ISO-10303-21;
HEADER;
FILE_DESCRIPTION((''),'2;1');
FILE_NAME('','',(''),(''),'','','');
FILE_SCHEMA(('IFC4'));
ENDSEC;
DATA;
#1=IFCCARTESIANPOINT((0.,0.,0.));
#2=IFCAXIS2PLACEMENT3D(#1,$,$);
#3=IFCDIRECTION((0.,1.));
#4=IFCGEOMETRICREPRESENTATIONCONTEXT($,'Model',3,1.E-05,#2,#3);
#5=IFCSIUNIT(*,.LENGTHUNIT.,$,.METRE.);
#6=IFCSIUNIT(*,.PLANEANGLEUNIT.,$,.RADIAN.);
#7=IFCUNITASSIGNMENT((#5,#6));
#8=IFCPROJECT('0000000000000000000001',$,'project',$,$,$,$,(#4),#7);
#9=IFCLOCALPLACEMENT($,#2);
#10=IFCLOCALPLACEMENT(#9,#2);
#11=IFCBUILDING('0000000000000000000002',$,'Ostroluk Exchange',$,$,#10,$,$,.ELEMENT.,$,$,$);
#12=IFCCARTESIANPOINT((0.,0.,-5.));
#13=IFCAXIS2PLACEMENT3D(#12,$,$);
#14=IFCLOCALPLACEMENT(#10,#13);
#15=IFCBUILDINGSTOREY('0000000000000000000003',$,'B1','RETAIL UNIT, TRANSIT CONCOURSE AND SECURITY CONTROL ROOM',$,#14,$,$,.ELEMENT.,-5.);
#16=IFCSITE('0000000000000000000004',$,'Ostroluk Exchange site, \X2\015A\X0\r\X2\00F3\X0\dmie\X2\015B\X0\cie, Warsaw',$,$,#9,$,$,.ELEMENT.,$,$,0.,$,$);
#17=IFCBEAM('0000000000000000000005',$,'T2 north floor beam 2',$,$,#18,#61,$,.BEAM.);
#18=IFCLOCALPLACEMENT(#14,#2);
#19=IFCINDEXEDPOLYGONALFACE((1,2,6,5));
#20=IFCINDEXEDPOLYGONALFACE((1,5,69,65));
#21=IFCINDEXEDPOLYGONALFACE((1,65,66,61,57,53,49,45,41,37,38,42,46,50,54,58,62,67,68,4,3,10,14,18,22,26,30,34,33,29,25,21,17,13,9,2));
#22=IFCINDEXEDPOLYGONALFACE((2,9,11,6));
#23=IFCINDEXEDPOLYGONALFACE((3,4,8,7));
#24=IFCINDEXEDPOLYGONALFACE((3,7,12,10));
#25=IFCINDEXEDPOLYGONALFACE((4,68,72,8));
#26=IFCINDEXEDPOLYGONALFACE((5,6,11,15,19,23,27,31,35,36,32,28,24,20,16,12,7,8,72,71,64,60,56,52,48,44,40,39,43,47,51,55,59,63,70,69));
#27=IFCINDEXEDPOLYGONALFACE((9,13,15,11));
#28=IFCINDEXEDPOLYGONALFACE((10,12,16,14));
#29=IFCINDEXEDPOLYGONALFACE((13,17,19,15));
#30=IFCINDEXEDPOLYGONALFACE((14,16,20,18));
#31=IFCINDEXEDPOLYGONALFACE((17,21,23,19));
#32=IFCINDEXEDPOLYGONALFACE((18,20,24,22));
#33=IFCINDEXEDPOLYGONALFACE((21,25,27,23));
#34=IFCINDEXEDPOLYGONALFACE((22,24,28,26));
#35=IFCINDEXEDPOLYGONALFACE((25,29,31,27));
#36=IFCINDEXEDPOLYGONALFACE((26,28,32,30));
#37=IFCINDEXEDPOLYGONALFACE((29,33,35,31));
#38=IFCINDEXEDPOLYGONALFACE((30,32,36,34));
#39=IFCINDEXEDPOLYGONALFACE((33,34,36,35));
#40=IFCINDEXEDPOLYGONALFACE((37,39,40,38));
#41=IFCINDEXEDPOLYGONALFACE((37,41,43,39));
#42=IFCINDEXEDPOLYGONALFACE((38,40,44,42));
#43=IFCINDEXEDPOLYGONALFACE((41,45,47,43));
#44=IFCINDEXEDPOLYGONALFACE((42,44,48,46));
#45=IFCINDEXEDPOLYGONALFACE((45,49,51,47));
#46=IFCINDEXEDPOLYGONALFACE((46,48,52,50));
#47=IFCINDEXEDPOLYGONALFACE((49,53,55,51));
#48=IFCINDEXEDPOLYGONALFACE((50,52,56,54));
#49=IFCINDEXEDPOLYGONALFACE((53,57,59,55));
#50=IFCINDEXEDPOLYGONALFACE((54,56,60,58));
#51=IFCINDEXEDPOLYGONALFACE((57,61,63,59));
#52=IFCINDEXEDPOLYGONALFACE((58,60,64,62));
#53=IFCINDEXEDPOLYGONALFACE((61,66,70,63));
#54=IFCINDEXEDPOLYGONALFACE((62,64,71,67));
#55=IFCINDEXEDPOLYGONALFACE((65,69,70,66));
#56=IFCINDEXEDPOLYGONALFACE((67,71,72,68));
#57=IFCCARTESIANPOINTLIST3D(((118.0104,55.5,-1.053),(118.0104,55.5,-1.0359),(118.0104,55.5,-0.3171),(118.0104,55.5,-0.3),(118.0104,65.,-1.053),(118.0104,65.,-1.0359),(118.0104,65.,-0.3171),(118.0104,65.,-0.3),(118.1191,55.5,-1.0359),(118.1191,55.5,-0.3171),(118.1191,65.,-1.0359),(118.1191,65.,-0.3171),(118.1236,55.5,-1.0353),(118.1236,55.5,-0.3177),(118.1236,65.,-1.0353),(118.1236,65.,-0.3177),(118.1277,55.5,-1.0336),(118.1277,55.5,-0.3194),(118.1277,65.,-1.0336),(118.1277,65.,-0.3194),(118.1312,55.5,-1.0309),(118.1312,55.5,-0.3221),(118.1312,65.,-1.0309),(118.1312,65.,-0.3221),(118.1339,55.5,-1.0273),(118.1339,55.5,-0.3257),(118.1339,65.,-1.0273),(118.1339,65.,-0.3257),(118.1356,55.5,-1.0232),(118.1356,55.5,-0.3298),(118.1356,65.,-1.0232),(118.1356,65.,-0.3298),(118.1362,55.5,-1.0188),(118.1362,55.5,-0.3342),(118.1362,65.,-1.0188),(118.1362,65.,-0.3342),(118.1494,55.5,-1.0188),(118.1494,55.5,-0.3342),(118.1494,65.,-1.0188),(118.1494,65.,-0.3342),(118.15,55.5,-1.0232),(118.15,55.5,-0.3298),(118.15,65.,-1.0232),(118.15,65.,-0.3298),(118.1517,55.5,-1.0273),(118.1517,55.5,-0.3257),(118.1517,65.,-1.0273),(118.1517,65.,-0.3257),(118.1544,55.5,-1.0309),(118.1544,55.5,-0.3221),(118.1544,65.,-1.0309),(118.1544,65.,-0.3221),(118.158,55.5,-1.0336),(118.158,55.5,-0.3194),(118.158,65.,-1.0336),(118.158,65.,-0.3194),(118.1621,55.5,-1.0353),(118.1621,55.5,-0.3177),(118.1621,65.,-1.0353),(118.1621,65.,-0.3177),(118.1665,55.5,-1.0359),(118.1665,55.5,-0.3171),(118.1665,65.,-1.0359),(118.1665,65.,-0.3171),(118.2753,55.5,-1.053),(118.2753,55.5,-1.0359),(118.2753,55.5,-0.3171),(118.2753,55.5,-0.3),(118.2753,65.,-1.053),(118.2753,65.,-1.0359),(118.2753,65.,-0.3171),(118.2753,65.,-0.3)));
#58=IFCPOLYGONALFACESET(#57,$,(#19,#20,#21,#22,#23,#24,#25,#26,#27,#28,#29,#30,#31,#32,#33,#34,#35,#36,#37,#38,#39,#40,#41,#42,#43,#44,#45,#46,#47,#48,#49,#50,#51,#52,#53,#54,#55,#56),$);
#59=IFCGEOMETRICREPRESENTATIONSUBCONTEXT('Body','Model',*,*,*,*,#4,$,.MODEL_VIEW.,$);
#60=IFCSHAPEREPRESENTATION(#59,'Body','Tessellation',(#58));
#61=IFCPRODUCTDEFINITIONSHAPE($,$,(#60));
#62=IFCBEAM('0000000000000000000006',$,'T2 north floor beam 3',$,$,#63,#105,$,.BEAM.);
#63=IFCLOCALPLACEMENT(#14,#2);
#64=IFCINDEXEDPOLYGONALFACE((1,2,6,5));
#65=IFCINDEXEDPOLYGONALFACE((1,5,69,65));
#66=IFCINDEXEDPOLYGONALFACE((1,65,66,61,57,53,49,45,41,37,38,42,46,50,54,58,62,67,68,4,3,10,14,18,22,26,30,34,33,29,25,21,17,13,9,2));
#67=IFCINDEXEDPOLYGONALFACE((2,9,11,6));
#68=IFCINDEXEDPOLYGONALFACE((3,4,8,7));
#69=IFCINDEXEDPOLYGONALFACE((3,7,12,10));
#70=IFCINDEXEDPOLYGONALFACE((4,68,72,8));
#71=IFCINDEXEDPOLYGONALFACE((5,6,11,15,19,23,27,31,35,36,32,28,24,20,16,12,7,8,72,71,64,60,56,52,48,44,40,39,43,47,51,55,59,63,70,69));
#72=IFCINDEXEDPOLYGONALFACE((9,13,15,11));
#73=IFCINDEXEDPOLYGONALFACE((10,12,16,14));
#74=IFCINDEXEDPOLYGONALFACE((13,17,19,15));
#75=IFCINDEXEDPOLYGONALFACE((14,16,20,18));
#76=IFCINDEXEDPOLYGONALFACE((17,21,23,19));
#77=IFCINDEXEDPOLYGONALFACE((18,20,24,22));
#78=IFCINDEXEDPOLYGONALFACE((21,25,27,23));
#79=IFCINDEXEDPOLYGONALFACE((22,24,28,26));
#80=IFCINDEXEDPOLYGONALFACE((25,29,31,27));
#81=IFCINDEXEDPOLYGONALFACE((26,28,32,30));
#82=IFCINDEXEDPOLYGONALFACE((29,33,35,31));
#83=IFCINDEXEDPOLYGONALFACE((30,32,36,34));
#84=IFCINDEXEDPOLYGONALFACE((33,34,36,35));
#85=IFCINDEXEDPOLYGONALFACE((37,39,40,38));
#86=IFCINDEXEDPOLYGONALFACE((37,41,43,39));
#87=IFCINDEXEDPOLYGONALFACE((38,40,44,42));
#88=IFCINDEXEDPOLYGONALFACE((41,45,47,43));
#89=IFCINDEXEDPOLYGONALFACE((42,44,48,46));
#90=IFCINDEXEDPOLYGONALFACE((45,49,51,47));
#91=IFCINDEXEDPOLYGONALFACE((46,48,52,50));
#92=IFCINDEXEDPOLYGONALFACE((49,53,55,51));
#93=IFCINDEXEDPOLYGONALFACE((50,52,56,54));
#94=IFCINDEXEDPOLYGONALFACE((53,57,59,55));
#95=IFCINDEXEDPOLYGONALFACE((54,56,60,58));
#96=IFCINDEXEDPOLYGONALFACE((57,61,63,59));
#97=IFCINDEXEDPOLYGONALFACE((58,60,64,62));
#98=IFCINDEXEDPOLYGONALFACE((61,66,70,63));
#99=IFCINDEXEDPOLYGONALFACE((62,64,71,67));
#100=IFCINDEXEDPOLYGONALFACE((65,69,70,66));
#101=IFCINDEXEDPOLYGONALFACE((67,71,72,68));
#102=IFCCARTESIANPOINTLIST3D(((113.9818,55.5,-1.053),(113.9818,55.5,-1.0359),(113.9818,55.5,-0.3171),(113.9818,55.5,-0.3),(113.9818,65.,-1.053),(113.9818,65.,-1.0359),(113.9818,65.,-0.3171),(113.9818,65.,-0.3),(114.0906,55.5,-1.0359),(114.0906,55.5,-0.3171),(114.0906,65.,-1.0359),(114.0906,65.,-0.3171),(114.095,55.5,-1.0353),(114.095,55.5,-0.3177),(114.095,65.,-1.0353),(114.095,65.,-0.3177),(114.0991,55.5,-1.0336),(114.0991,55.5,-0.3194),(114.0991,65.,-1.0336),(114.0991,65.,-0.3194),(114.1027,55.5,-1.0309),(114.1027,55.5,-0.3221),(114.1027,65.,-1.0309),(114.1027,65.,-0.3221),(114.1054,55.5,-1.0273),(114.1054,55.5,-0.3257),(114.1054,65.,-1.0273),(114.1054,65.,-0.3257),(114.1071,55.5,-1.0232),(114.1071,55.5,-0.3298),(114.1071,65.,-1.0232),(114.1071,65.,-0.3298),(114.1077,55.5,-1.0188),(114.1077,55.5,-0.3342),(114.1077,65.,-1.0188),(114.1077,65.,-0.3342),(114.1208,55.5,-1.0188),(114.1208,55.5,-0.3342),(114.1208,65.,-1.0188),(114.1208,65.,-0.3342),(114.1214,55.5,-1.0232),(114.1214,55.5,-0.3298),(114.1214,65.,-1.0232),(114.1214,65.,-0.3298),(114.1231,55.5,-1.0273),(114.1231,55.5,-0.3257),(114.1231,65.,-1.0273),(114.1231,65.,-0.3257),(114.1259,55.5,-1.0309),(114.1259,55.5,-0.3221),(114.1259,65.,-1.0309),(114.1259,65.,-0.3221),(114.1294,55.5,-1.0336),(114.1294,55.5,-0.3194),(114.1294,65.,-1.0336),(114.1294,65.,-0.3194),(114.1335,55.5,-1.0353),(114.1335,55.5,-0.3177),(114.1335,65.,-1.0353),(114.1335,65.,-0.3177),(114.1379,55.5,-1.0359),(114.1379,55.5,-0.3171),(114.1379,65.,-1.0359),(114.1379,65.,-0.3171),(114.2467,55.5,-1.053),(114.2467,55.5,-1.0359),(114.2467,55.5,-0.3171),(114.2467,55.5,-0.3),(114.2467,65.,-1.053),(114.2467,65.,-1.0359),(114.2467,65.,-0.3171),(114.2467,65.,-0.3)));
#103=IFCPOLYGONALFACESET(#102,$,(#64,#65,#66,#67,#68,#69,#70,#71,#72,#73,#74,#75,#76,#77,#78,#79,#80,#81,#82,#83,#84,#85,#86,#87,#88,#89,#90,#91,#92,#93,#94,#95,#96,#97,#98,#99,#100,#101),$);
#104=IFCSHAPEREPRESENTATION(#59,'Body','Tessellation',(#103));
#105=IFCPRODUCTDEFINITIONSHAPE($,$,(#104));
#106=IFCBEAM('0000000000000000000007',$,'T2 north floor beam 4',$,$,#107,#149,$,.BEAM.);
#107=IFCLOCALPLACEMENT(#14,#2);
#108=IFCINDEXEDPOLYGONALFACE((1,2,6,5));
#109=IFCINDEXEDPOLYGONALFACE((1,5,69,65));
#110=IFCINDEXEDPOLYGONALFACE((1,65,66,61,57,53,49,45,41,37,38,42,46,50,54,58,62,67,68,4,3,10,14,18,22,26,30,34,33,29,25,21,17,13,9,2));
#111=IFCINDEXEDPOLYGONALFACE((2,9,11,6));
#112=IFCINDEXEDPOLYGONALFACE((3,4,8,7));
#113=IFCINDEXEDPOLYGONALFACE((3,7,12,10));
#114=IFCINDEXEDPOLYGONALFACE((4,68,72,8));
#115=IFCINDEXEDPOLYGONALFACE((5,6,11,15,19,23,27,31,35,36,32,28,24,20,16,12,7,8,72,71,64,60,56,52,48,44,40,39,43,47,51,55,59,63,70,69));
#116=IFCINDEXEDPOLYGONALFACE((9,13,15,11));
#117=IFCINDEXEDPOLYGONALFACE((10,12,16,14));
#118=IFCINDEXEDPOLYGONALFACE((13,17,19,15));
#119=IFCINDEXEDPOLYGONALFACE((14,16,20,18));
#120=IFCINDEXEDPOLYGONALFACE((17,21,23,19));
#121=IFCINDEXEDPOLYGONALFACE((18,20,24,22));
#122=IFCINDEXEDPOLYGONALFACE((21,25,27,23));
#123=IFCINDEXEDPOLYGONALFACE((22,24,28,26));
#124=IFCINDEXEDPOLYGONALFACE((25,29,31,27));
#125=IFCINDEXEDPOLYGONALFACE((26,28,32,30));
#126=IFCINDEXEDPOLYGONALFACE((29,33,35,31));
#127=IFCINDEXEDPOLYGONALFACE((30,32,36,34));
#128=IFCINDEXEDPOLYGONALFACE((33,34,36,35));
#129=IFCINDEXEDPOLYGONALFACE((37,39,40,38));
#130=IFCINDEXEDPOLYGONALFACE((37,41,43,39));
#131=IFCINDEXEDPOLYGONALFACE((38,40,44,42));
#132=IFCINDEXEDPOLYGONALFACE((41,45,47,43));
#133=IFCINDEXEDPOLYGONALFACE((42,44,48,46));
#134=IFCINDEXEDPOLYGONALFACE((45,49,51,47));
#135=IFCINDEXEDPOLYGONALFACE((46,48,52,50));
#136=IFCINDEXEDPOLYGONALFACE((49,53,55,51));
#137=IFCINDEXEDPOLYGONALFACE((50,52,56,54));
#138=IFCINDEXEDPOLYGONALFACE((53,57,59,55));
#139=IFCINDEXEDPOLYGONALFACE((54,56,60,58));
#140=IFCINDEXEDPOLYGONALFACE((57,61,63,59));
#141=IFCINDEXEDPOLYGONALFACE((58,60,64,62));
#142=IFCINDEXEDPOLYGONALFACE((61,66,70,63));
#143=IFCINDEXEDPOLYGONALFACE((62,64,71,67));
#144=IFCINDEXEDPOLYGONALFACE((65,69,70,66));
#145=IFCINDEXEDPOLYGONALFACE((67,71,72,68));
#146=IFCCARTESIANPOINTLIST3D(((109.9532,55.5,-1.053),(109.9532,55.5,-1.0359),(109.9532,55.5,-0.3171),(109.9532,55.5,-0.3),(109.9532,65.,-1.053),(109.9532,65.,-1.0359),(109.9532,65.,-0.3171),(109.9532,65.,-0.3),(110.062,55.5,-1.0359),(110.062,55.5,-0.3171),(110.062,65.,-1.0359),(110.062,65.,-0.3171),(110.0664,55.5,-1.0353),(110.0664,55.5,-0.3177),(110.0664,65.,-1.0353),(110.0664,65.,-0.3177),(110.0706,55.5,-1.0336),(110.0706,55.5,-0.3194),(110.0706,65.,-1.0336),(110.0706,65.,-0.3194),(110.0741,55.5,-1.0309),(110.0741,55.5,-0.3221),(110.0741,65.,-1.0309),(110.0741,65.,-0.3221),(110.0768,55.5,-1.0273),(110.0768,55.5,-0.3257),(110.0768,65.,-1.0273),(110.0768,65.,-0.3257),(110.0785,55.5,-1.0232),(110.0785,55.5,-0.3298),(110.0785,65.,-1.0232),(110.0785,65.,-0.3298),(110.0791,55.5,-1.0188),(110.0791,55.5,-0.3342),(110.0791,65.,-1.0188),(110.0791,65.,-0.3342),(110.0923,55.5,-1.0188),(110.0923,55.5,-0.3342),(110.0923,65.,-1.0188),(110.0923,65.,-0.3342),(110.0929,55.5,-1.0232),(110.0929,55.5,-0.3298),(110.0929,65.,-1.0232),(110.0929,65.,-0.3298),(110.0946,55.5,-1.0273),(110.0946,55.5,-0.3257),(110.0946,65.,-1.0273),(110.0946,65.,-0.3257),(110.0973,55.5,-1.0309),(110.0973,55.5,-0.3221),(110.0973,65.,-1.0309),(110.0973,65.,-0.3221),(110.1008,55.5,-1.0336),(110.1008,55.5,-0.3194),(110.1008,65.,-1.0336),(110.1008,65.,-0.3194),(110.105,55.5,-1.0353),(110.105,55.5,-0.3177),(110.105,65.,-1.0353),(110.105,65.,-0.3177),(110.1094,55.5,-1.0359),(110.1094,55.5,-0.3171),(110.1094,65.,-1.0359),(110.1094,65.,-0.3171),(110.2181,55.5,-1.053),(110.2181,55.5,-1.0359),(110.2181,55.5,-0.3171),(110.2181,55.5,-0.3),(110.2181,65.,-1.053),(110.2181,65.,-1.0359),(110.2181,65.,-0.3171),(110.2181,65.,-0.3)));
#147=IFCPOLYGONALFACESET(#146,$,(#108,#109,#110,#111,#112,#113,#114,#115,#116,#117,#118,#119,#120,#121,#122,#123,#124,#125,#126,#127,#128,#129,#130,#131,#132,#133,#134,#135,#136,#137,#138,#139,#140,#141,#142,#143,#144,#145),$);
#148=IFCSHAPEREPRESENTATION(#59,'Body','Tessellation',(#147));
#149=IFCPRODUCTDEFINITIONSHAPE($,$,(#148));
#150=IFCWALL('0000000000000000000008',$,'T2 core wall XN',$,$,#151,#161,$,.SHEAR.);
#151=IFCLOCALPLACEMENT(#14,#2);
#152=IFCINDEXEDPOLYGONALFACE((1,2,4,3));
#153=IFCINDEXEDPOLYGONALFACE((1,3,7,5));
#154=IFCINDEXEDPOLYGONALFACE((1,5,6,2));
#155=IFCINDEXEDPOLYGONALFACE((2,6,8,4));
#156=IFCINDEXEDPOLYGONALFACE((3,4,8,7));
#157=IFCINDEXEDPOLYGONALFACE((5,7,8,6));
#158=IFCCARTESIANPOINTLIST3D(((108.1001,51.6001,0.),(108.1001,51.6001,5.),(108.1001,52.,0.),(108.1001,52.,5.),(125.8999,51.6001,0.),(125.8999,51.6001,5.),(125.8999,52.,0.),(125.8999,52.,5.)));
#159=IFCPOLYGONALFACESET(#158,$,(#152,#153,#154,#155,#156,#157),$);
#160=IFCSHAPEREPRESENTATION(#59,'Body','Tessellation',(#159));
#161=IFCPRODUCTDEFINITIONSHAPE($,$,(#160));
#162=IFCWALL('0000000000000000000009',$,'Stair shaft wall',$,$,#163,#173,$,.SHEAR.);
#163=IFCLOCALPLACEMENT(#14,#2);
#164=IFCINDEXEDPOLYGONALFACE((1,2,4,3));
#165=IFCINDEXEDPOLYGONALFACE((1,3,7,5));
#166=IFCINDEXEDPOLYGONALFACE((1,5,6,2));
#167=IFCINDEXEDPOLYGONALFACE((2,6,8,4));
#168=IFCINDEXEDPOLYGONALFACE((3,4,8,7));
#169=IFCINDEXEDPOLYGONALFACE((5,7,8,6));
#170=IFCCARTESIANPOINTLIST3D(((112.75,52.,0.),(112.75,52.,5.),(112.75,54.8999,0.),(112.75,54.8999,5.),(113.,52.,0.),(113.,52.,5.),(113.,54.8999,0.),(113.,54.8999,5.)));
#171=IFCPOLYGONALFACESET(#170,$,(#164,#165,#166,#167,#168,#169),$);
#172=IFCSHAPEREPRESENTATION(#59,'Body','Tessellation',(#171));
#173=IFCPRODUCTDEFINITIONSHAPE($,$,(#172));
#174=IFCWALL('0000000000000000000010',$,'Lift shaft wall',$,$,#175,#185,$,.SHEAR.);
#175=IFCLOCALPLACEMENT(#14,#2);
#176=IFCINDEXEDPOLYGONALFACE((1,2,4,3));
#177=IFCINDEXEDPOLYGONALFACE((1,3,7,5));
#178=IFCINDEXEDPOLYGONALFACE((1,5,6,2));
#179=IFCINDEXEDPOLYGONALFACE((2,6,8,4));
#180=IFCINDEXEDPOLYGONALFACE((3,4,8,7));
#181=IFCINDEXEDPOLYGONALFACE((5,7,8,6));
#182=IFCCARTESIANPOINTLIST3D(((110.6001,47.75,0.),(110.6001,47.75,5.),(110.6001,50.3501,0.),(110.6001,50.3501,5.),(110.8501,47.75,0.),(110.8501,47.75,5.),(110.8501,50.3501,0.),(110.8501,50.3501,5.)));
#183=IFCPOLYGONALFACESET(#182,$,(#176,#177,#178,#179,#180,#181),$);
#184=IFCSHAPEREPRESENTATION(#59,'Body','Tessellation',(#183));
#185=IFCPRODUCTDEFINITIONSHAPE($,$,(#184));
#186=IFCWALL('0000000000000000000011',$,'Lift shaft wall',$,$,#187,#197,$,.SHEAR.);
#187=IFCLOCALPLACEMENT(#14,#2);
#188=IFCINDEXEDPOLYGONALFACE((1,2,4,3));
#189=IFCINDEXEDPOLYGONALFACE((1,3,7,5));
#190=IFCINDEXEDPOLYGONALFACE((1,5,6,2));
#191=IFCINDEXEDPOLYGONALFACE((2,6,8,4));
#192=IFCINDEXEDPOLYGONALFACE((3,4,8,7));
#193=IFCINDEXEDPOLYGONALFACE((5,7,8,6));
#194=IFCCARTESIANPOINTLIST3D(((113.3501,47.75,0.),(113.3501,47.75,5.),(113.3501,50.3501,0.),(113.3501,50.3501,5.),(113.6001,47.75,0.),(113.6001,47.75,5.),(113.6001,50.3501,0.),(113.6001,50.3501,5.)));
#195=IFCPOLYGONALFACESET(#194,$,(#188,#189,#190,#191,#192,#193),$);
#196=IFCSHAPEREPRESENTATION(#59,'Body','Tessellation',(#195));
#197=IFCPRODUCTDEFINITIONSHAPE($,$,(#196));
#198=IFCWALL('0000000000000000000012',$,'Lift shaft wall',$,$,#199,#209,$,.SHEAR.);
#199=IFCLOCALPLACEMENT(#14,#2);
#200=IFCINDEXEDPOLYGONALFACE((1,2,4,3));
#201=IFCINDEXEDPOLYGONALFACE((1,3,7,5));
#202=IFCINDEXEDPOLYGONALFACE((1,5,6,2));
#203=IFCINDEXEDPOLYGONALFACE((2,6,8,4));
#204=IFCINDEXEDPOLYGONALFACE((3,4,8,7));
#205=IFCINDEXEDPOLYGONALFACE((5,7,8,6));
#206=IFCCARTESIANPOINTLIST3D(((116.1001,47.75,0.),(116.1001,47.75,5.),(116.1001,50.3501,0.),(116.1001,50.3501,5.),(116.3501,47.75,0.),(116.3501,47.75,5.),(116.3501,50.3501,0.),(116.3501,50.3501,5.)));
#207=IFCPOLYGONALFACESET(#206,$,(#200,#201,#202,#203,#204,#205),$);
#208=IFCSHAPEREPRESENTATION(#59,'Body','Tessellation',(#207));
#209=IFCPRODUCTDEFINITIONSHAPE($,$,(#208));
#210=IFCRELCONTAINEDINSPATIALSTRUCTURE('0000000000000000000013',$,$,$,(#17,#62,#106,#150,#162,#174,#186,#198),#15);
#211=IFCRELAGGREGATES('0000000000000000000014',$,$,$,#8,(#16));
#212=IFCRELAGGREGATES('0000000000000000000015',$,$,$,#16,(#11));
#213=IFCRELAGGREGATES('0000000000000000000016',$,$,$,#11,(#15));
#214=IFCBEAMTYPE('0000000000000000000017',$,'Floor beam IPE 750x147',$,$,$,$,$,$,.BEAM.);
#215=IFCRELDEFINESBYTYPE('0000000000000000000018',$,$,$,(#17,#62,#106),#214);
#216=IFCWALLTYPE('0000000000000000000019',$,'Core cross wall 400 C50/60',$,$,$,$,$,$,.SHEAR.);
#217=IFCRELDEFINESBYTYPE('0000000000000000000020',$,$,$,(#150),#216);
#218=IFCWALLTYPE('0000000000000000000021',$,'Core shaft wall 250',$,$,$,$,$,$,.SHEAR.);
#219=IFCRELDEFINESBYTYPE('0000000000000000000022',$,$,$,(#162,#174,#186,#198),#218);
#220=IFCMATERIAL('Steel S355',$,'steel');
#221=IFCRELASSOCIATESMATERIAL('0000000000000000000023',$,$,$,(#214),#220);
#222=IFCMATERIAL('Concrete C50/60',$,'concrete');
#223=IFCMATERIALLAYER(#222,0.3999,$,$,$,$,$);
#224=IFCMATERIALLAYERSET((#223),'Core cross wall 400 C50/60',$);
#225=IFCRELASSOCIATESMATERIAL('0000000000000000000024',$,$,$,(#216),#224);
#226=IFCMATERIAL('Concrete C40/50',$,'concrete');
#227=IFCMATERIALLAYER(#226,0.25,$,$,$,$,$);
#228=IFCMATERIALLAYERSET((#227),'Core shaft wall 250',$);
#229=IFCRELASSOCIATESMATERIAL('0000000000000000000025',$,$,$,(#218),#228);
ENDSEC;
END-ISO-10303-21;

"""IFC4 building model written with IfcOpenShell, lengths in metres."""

from ifc_helpers import new_model, si_unit, direction, frame, frame_2d, origin, origin_2d, place, context, subcontext, project, spatial, rectangle, i_section, extrude, material, layer, layer_set, material_profile, profile_set, type_object, element, save


model = new_model("IFC4")

# Units and contexts
model_context = context("Model", 3, precision=1e-05, world=origin(), true_north=direction((0.0, 1.0)))
body_context = subcontext(model_context, "Body", "Model", "MODEL_VIEW")
ifc_project = project(units=[si_unit("LENGTHUNIT", "METRE"), si_unit("PLANEANGLEUNIT", "RADIAN")], contexts=[model_context])

# Site, building, storey
site_placement = place(None, origin())
site = spatial("IfcSite", under=ifc_project, at=site_placement, Name="Ostroluk Exchange site, Śródmieście, Warsaw", CompositionType="ELEMENT", RefElevation=0.0)
building_placement = place(site_placement, origin())
building = spatial("IfcBuilding", under=site, at=building_placement, Name="Ostroluk Exchange", CompositionType="ELEMENT")
storey_placement = place(building_placement, frame((0.0, 0.0, -5.0)))
storey = spatial("IfcBuildingStorey", under=building, at=storey_placement, Name="B1", Description="RETAIL UNIT, TRANSIT CONCOURSE AND SECURITY CONTROL ROOM", CompositionType="ELEMENT", Elevation=-5.0)

# Beams
ifc_material_1 = material(Name="Steel S355", Category="steel")
ifc_material_profile = material_profile(ifc_material_1, i_section(OverallWidth=0.2649, OverallDepth=0.7529, WebThickness=0.0132, FlangeThickness=0.0171, FilletRadius=0.0171, at=origin_2d()), Name="IPE 750x147")
ifc_profile_set = profile_set([ifc_material_profile], Name="Steel S355")
beam_type = type_object("IfcBeamType", Name="Floor beam IPE 750x147", PredefinedType="BEAM", material=ifc_profile_set)
for number, where, z_axis, x_axis, name in (
    (1, (118.1428, 55.5, -0.6765), (0.0, 1.0, 0.0), (-1.0, 0.0, 0.0), "T2 north floor beam 2"),
    (2, (114.1143, 55.5, -0.6765), (0.0, 1.0, 0.0), (-1.0, 0.0, 0.0), "T2 north floor beam 3"),
    (3, (110.0857, 55.5, -0.6765), (0.0, 1.0, 0.0), (-1.0, 0.0, 0.0), "T2 north floor beam 4"),
):
    element("IfcBeam", number, at=place(storey_placement, frame(where, z_axis=z_axis, x_axis=x_axis)), inside=storey, type_object=beam_type, Name=name, PredefinedType="BEAM", context=body_context, shape_type="SweptSolid", body=[
        extrude(i_section(OverallWidth=0.2649, OverallDepth=0.7529, WebThickness=0.0132, FlangeThickness=0.0171, FilletRadius=0.0171, at=origin_2d()), origin(), (0.0, 0.0, 1.0), 9.5),
    ])

# Walls
ifc_material_2 = material(Name="Concrete C50/60", Category="concrete")
ifc_layer_1 = layer(ifc_material_2, 0.3999)
ifc_layer_set_1 = layer_set([ifc_layer_1], Name="Core cross wall 400 C50/60")
wall_type_1 = type_object("IfcWallType", Name="Core cross wall 400 C50/60", PredefinedType="SHEAR", material=ifc_layer_set_1)
wall_1_placement = place(storey_placement, frame((108.1001, 51.8, 0.0), z_axis=(0.0, 0.0, 1.0), x_axis=(1.0, 0.0, 0.0)))
element("IfcWall", 4, at=wall_1_placement, inside=storey, type_object=wall_type_1, Name="T2 core wall XN", PredefinedType="SHEAR", context=body_context, shape_type="SweptSolid", body=[
    extrude(rectangle(XDim=17.7998, YDim=0.3999, at=frame_2d((8.8999, 0.0))), origin(), (0.0, 0.0, 1.0), 5.0),
])
ifc_material_3 = material(Name="Concrete C40/50", Category="concrete")
ifc_layer_2 = layer(ifc_material_3, 0.25)
ifc_layer_set_2 = layer_set([ifc_layer_2], Name="Core shaft wall 250")
wall_type_2 = type_object("IfcWallType", Name="Core shaft wall 250", PredefinedType="SHEAR", material=ifc_layer_set_2)
wall_2_placement = place(storey_placement, frame((112.875, 52.0, 0.0), z_axis=(0.0, 0.0, 1.0), x_axis=(0.0, 1.0, 0.0)))
element("IfcWall", 5, at=wall_2_placement, inside=storey, type_object=wall_type_2, Name="Stair shaft wall", PredefinedType="SHEAR", context=body_context, shape_type="SweptSolid", body=[
    extrude(rectangle(XDim=2.8999, YDim=0.25, at=frame_2d((1.45, 0.0))), origin(), (0.0, 0.0, 1.0), 5.0),
])
for number, where, z_axis, x_axis, name in (
    (6, (110.7251, 47.75, 0.0), (0.0, 0.0, 1.0), (0.0, 1.0, 0.0), "Lift shaft wall"),
    (7, (113.4751, 47.75, 0.0), (0.0, 0.0, 1.0), (0.0, 1.0, 0.0), "Lift shaft wall"),
    (8, (116.2251, 47.75, 0.0), (0.0, 0.0, 1.0), (0.0, 1.0, 0.0), "Lift shaft wall"),
):
    element("IfcWall", number, at=place(storey_placement, frame(where, z_axis=z_axis, x_axis=x_axis)), inside=storey, type_object=wall_type_2, Name=name, PredefinedType="SHEAR", context=body_context, shape_type="SweptSolid", body=[
        extrude(rectangle(XDim=2.6001, YDim=0.25, at=frame_2d((1.3, 0.0))), origin(), (0.0, 0.0, 1.0), 5.0),
    ])

save(model, "model.ifc")
